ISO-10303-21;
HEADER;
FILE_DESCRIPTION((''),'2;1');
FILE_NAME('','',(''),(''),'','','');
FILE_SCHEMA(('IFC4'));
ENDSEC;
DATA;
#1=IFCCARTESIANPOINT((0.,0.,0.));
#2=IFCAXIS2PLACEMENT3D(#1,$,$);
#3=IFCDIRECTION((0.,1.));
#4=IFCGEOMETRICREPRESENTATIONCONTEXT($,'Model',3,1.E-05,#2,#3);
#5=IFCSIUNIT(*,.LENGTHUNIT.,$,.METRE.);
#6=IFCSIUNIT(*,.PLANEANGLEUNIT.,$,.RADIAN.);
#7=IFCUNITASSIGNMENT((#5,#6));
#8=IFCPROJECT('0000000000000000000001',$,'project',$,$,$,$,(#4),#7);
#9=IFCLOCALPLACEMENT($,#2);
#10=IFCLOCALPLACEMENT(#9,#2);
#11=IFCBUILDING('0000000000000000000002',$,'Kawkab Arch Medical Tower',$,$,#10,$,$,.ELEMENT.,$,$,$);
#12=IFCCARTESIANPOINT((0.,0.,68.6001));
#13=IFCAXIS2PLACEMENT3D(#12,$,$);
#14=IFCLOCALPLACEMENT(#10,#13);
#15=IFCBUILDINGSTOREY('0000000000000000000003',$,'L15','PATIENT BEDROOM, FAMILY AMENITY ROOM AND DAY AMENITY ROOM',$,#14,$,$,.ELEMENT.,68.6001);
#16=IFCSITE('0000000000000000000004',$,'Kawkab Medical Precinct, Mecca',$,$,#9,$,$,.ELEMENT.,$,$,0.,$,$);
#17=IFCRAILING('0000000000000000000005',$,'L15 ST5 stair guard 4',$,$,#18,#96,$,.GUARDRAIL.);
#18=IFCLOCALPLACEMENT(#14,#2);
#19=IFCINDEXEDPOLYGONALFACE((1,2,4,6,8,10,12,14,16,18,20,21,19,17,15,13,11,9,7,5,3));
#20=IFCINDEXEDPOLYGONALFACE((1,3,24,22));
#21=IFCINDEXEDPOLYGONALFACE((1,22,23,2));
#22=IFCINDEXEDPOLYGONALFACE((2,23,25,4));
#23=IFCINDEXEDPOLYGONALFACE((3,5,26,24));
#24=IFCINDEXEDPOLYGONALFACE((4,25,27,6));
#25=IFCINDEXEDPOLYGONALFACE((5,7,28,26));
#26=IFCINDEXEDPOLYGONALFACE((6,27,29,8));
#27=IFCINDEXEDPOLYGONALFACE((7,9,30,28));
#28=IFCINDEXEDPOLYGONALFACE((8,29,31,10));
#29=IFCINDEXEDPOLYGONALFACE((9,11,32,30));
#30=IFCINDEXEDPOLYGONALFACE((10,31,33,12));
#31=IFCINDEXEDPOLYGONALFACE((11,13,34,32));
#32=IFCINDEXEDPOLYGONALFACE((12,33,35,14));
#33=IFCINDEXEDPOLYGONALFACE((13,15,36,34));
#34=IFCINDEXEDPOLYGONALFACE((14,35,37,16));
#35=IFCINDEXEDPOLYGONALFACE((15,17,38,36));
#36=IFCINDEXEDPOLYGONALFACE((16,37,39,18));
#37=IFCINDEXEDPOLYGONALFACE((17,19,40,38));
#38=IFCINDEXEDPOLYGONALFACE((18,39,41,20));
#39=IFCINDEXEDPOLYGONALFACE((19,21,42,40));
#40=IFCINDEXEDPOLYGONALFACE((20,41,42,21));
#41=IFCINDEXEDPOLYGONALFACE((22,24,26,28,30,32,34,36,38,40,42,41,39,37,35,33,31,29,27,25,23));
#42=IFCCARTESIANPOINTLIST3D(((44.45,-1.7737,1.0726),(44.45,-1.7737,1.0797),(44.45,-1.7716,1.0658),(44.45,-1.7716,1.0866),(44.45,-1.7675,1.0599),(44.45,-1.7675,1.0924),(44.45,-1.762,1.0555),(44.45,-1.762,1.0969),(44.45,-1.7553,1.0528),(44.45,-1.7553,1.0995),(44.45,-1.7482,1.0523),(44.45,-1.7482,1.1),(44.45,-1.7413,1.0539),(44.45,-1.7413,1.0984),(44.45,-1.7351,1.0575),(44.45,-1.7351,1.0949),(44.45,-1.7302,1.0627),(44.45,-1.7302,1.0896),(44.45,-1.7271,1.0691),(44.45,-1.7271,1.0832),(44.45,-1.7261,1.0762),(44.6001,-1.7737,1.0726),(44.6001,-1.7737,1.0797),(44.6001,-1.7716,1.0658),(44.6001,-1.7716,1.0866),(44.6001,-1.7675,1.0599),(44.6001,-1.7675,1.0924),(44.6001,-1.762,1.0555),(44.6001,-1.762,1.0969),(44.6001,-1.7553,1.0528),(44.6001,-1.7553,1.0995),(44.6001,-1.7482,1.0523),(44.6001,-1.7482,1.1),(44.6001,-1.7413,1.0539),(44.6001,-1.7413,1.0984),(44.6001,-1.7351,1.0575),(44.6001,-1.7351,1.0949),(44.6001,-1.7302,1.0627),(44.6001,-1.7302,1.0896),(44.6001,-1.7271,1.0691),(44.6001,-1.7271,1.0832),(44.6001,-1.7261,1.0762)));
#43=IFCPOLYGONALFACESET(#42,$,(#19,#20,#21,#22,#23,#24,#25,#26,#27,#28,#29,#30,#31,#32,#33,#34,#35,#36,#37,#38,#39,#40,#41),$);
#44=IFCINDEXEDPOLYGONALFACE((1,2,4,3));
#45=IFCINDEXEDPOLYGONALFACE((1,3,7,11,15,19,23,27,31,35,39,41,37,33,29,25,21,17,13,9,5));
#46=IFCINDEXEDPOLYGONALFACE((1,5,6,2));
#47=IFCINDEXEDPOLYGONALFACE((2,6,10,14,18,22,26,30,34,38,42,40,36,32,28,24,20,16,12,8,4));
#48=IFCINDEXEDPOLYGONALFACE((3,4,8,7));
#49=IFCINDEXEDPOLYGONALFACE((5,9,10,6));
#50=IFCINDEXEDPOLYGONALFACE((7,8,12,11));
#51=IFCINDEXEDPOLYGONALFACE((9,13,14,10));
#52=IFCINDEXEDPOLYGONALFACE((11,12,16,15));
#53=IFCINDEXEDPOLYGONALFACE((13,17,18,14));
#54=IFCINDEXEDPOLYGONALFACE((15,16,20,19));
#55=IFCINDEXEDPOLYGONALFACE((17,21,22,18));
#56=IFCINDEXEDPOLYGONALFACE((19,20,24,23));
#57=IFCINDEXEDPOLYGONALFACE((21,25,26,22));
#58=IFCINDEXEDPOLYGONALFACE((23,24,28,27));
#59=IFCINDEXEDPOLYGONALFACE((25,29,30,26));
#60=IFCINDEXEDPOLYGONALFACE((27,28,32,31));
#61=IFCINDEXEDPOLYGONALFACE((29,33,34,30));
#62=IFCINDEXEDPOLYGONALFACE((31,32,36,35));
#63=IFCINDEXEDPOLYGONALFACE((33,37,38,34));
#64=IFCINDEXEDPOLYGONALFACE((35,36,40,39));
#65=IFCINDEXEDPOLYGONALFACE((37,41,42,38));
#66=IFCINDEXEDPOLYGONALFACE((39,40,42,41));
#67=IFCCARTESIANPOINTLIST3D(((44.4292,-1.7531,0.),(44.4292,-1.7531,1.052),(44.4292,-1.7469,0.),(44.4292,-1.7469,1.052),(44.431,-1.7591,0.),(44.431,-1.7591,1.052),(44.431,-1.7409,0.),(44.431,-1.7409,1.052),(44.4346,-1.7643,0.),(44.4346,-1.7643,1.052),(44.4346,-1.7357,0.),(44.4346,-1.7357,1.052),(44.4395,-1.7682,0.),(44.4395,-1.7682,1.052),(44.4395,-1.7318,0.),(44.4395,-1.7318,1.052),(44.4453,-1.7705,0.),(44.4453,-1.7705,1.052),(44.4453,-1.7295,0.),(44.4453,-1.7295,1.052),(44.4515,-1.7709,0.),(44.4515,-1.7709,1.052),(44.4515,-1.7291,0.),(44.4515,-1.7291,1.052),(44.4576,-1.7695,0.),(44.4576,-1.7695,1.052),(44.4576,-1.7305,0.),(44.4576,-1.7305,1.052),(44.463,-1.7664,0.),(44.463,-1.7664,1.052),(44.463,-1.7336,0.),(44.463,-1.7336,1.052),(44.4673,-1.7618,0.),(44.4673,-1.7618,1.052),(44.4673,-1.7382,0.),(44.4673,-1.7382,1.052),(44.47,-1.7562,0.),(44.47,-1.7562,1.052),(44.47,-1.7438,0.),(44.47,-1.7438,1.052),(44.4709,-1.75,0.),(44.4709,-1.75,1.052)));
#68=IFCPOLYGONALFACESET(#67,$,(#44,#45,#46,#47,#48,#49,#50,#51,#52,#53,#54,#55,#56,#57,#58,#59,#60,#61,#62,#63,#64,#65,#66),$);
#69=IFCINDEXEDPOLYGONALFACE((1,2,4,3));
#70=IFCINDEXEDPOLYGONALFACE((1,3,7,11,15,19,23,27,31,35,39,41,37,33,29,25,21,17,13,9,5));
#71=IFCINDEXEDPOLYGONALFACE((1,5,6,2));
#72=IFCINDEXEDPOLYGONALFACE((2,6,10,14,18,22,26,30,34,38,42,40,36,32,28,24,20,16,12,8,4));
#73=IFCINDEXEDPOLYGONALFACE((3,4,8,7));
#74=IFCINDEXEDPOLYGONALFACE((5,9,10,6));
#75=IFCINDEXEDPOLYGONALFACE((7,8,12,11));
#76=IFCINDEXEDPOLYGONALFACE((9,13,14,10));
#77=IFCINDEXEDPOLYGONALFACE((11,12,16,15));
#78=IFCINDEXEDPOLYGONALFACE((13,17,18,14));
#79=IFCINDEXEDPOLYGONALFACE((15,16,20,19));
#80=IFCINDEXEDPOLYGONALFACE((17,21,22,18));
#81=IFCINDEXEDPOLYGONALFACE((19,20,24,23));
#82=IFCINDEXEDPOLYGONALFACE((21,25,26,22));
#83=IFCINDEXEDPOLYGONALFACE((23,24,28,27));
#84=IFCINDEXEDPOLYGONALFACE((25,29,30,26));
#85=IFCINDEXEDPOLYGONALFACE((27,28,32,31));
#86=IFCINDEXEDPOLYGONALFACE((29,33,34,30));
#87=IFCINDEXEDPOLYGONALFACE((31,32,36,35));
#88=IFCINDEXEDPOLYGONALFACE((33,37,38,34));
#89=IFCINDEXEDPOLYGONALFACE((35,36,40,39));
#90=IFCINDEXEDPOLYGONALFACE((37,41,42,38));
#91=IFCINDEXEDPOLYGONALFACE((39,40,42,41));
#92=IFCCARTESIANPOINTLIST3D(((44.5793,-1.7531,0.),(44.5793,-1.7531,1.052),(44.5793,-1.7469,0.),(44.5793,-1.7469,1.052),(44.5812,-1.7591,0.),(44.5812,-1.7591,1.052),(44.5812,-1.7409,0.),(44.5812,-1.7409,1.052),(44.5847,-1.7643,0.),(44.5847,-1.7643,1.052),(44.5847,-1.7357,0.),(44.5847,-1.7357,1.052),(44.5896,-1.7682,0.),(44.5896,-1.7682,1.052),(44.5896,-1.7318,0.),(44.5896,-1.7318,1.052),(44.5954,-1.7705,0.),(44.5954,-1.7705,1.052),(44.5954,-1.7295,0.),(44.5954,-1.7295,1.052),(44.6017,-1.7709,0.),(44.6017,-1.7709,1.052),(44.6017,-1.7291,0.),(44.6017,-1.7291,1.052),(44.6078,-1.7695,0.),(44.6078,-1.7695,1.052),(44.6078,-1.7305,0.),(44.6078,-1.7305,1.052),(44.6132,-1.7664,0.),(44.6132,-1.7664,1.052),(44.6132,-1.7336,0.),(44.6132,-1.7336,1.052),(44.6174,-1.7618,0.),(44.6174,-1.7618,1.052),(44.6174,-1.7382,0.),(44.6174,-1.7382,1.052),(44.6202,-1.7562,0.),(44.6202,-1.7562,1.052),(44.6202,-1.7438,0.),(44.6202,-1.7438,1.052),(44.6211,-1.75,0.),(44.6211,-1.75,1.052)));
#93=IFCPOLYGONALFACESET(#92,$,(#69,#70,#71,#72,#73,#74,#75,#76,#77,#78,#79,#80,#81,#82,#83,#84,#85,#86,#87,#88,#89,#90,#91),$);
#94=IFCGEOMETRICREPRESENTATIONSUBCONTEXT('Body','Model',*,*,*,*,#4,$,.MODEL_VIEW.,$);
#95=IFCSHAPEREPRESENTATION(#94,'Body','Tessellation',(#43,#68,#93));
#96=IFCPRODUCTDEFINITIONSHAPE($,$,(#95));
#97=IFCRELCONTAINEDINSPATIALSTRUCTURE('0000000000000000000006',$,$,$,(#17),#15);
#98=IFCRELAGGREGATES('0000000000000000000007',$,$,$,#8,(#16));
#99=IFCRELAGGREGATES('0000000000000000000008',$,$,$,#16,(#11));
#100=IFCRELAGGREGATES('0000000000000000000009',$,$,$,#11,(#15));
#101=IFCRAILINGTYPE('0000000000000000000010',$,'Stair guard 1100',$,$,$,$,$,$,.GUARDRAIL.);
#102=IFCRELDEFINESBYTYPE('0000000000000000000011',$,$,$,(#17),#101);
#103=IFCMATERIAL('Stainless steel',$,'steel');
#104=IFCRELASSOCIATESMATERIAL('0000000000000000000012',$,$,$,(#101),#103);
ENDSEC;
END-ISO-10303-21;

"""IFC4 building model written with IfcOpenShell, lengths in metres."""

from ifc_helpers import new_model, si_unit, direction, frame, origin, origin_2d, place, context, subcontext, project, spatial, circle, extrude, material, type_object, element, save


model = new_model("IFC4")

# Units and contexts
model_context = context("Model", 3, precision=1e-05, world=origin(), true_north=direction((0.0, 1.0)))
body_context = subcontext(model_context, "Body", "Model", "MODEL_VIEW")
ifc_project = project(units=[si_unit("LENGTHUNIT", "METRE"), si_unit("PLANEANGLEUNIT", "RADIAN")], contexts=[model_context])

# Site, building, storey
site_placement = place(None, origin())
site = spatial("IfcSite", under=ifc_project, at=site_placement, Name="Kawkab Medical Precinct, Mecca", CompositionType="ELEMENT", RefElevation=0.0)
building_placement = place(site_placement, origin())
building = spatial("IfcBuilding", under=site, at=building_placement, Name="Kawkab Arch Medical Tower", CompositionType="ELEMENT")
storey_placement = place(building_placement, frame((0.0, 0.0, 68.6001)))
storey = spatial("IfcBuildingStorey", under=building, at=storey_placement, Name="L15", Description="PATIENT BEDROOM, FAMILY AMENITY ROOM AND DAY AMENITY ROOM", CompositionType="ELEMENT", Elevation=68.6001)

# Railing
ifc_material_1 = material(Name="Stainless steel", Category="steel")
railing_type_1 = type_object("IfcRailingType", Name="Stair guard 1100", PredefinedType="GUARDRAIL", material=ifc_material_1)
railing_1_placement = place(storey_placement, frame((44.45, -1.75, 0.0)))
element("IfcRailing", 1, at=railing_1_placement, inside=storey, type_object=railing_type_1, Name="L15 ST5 stair guard 4", PredefinedType="GUARDRAIL", context=body_context, shape_type="SweptSolid", body=[
    extrude(circle(Radius=0.0239, at=origin_2d()), frame((0.0, 0.0, 1.0762), z_axis=(1.0, 0.0, 0.0), x_axis=(0.0, 1.0, 0.0)), (0.0, 0.0, 1.0), 0.1501),
    extrude(circle(Radius=0.021, at=origin_2d()), origin(), (0.0, 0.0, 1.0), 1.052),
    extrude(circle(Radius=0.021, at=origin_2d()), frame((0.1501, 0.0, 0.0)), (0.0, 0.0, 1.0), 1.052),
])

save(model, "model.ifc")
